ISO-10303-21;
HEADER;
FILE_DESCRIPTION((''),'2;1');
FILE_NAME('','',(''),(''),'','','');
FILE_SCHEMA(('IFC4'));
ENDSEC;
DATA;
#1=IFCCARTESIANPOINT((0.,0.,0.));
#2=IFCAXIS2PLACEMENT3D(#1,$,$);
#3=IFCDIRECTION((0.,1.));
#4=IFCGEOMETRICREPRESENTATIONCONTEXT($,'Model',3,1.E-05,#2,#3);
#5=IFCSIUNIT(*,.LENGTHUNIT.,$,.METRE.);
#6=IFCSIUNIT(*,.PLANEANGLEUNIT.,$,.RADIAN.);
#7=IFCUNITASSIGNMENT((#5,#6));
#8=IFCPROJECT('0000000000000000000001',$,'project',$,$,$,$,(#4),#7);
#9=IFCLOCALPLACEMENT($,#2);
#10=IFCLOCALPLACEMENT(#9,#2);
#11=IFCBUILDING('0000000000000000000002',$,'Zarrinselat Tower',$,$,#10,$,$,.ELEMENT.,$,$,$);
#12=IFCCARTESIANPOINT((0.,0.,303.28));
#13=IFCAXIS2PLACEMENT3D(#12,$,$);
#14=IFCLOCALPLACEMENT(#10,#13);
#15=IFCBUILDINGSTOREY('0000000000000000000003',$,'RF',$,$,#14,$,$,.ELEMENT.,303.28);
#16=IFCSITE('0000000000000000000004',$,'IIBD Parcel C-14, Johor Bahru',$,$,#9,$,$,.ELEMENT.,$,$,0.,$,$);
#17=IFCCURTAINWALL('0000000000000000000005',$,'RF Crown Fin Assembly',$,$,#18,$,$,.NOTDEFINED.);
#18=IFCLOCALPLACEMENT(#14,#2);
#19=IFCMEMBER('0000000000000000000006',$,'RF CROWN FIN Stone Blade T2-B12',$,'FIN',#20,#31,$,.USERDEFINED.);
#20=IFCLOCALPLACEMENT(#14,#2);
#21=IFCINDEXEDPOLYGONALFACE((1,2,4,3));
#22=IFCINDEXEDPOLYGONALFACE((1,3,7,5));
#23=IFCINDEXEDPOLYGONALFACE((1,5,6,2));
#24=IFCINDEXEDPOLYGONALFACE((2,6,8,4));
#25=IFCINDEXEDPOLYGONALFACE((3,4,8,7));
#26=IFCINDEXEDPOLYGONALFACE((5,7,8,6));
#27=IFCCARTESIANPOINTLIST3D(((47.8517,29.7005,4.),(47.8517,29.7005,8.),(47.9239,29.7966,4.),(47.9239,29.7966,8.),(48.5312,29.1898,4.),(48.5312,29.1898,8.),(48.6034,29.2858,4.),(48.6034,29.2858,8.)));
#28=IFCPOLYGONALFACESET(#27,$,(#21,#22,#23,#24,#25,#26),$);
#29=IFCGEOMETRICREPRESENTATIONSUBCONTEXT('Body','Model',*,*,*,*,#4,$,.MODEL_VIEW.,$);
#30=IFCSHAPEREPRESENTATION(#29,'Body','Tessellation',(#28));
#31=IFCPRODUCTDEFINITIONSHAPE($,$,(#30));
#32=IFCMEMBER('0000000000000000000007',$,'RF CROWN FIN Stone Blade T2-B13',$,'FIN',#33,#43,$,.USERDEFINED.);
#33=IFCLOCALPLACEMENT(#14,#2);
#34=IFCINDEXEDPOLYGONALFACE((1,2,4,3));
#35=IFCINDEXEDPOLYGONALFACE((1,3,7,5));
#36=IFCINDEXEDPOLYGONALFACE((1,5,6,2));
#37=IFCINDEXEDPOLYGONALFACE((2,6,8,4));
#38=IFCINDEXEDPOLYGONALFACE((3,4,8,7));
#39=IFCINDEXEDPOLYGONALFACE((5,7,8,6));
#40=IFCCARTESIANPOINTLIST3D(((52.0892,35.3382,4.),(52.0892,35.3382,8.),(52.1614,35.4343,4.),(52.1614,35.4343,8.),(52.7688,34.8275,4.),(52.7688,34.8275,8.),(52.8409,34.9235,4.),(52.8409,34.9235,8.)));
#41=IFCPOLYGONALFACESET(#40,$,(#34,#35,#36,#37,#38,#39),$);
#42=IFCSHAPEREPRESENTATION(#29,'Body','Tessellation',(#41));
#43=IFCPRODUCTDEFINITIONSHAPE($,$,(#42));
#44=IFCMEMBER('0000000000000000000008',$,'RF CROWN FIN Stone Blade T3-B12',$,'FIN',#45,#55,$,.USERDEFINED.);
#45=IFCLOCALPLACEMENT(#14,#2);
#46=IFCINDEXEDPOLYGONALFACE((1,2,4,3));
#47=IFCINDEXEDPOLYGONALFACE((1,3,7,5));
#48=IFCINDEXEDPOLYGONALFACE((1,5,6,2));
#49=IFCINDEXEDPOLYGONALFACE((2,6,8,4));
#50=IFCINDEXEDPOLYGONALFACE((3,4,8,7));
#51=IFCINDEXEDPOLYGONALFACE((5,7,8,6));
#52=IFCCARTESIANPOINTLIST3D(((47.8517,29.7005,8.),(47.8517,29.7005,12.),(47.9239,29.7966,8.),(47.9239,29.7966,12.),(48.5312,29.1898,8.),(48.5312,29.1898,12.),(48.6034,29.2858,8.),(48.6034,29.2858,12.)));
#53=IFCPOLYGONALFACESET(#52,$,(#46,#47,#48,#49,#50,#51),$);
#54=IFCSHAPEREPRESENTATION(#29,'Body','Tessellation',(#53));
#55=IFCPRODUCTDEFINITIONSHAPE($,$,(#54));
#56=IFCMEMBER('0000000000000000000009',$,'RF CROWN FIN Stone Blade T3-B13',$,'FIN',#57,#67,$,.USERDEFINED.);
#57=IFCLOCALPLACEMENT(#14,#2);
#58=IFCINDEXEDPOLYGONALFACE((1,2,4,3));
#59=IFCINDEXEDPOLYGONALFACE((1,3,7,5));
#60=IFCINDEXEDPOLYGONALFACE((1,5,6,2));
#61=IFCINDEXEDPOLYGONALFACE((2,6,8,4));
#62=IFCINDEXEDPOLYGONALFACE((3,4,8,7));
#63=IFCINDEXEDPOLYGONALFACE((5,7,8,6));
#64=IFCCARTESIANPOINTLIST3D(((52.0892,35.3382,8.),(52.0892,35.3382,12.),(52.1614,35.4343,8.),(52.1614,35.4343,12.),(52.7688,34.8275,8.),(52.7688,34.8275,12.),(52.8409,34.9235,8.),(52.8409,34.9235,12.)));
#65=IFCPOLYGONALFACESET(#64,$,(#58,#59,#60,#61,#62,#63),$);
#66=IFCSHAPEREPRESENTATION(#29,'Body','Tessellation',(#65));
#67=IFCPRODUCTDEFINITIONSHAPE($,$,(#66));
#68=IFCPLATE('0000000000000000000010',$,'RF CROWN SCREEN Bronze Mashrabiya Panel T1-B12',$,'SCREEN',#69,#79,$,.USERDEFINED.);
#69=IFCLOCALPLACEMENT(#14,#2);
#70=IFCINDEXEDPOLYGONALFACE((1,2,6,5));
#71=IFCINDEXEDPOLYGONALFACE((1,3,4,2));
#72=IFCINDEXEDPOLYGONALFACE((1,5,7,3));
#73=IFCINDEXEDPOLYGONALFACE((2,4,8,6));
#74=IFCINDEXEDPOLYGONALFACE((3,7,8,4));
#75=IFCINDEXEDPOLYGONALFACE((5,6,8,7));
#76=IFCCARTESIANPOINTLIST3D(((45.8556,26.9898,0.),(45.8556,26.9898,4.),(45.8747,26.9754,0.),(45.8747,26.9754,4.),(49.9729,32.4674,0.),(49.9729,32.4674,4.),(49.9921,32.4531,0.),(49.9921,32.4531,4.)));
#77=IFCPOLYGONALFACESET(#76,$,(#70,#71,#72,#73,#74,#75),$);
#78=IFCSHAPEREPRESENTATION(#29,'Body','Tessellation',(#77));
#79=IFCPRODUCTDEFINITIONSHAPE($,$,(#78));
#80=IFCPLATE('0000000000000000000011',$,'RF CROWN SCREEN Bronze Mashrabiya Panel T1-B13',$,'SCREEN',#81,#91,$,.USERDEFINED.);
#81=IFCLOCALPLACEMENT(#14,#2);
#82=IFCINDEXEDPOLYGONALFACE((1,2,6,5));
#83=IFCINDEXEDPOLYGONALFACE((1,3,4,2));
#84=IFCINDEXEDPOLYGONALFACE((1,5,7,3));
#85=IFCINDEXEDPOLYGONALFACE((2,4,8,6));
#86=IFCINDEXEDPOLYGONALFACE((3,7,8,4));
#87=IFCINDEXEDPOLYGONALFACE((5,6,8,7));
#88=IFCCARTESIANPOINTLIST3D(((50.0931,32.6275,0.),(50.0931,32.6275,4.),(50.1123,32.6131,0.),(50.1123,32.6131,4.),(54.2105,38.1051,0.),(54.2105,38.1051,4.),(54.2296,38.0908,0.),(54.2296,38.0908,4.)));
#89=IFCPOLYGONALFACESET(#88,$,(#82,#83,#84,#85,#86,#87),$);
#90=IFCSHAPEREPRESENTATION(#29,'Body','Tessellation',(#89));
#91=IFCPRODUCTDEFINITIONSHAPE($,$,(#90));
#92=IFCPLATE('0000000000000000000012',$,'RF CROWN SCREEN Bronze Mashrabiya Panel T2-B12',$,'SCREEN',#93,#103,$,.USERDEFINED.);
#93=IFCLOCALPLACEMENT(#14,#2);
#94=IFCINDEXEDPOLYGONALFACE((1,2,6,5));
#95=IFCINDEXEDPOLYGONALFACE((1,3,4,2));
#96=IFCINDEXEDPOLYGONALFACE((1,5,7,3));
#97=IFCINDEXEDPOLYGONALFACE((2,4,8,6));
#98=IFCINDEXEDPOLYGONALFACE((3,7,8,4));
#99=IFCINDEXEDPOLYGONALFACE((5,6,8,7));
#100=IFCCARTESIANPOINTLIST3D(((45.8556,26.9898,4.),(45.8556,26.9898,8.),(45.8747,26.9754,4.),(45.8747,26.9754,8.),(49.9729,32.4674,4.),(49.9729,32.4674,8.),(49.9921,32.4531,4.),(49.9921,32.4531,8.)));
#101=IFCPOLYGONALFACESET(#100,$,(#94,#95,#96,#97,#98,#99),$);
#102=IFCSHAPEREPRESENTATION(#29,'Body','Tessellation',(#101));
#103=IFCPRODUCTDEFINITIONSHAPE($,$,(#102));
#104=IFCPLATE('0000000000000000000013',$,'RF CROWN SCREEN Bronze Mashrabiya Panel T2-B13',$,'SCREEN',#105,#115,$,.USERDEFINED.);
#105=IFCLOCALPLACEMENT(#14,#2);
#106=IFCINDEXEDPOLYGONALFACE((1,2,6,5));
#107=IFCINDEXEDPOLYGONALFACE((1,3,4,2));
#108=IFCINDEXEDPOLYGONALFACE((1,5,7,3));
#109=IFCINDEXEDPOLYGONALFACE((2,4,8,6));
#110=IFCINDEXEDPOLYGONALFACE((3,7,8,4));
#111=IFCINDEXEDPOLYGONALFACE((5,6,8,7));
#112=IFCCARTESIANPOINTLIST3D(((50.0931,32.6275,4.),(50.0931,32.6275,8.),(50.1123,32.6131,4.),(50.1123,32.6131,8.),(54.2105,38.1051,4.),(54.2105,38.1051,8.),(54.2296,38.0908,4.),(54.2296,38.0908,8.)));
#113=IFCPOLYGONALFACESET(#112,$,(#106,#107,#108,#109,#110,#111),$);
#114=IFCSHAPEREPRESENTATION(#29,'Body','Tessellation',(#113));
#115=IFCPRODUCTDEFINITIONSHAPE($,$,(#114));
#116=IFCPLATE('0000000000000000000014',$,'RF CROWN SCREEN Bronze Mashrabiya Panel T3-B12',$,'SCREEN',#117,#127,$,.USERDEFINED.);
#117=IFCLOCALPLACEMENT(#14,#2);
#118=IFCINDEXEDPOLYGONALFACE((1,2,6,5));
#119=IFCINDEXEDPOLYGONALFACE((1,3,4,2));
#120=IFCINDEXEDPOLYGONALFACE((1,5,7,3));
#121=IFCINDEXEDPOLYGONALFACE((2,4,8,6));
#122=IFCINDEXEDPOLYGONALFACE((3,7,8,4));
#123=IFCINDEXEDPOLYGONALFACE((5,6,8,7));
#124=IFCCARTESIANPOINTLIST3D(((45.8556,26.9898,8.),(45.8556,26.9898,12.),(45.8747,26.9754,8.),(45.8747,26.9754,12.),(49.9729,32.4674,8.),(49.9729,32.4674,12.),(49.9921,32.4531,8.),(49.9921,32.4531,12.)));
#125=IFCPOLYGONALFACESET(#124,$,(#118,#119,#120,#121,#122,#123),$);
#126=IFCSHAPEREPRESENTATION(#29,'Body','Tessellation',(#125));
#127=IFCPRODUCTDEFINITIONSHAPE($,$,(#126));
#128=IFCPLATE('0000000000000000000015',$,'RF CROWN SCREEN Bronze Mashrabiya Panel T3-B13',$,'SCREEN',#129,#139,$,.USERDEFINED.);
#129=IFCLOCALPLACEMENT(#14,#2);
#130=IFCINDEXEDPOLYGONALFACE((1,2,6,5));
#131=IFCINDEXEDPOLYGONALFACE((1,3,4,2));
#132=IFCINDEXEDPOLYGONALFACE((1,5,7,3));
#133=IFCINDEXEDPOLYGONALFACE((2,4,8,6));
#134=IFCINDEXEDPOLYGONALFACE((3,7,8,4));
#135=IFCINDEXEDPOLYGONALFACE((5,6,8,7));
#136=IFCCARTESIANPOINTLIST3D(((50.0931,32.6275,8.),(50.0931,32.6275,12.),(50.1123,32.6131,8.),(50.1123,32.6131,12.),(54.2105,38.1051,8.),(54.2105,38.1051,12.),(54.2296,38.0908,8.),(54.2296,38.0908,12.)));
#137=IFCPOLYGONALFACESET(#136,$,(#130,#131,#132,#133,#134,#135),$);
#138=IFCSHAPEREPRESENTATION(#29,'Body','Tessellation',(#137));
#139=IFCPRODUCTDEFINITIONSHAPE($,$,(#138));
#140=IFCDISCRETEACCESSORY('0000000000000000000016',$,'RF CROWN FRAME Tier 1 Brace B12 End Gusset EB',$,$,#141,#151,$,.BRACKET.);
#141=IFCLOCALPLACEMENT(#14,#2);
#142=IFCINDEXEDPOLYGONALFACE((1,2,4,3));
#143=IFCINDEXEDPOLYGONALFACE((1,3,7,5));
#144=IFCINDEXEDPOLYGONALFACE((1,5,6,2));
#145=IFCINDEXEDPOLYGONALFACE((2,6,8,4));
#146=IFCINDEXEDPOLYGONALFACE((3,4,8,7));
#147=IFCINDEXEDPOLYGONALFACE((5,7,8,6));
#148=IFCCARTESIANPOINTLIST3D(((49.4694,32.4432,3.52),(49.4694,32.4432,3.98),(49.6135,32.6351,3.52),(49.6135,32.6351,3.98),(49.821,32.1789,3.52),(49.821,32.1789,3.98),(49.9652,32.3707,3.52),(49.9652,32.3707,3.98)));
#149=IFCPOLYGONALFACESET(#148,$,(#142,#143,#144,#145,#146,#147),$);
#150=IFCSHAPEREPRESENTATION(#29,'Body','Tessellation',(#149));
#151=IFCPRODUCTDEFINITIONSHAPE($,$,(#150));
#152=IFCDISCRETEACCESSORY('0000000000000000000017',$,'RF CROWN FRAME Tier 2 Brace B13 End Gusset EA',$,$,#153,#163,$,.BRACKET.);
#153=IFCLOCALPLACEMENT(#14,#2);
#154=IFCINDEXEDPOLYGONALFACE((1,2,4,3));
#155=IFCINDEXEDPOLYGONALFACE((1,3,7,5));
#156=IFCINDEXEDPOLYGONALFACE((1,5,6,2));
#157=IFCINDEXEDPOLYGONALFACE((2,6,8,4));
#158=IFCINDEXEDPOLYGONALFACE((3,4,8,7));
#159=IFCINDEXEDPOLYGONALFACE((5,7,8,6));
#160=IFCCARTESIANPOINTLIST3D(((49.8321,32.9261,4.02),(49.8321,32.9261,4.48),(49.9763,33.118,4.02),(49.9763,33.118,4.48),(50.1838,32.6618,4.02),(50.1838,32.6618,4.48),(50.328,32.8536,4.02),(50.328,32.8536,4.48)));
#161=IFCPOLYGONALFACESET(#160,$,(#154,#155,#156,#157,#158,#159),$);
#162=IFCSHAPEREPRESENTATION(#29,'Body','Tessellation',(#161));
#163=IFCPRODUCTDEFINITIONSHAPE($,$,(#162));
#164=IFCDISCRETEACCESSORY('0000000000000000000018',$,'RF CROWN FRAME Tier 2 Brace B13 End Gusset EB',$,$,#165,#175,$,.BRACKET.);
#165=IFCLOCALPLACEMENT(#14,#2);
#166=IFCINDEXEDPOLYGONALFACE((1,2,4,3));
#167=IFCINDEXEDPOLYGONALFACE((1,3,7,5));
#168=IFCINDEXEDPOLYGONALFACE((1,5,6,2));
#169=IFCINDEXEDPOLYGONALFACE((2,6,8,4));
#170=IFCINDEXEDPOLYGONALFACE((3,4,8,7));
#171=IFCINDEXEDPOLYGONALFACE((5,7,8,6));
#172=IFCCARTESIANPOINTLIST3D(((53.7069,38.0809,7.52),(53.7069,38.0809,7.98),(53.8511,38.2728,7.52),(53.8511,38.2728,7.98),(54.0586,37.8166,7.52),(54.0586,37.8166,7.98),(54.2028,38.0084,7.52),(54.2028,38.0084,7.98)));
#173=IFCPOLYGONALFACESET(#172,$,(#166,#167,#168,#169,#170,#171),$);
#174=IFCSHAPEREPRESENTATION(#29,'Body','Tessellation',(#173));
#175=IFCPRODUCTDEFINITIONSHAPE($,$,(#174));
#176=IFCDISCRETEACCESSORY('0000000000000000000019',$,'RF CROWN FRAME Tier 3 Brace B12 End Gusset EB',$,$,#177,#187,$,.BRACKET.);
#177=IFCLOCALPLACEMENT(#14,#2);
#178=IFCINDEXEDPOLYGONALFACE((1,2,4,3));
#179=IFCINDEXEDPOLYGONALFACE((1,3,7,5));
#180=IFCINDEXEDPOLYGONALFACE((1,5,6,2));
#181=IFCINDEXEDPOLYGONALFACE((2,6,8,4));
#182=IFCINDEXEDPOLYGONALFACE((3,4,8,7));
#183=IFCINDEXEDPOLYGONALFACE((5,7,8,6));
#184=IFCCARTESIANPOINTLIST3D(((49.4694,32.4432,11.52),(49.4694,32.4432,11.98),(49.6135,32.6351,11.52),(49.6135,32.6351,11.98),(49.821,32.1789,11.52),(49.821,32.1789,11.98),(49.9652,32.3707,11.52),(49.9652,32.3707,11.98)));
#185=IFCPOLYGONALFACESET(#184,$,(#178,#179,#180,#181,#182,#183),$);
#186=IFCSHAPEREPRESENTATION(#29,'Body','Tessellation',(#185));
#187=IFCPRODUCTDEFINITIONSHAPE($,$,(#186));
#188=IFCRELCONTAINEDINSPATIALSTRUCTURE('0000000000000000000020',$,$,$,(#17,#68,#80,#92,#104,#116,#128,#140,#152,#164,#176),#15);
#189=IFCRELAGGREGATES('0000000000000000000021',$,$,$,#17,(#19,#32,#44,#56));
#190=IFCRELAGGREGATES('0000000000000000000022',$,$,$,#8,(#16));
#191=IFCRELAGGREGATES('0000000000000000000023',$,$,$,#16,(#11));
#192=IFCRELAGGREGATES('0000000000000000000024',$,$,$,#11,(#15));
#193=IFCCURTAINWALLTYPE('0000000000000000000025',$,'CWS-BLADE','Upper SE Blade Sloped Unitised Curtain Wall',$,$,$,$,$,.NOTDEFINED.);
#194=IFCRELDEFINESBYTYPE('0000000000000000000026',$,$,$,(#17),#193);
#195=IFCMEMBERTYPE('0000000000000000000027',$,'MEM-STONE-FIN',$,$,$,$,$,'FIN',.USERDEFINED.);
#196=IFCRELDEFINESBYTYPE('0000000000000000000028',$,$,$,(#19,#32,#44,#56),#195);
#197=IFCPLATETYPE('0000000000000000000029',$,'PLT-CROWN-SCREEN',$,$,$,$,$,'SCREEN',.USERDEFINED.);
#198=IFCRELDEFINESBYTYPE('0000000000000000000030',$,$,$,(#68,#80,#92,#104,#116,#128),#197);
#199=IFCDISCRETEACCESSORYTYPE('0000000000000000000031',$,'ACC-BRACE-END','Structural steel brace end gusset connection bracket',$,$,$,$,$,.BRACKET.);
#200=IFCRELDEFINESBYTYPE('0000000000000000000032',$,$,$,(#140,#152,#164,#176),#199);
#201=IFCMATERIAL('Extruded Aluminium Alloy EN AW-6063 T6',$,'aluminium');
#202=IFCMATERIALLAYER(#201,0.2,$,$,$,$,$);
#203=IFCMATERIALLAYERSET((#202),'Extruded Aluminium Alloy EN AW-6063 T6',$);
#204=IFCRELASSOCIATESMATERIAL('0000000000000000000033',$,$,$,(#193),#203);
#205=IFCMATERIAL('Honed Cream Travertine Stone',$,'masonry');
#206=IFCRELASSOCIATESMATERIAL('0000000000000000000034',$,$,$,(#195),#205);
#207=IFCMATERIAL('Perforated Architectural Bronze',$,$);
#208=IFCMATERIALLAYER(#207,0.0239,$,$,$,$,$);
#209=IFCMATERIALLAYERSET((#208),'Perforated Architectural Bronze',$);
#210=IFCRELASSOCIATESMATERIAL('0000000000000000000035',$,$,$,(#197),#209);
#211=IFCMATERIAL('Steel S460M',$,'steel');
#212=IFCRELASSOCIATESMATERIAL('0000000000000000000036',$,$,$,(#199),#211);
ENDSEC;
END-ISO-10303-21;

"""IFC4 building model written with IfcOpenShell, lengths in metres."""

from ifc_helpers import new_model, si_unit, direction, frame, origin, origin_2d, place, context, subcontext, project, spatial, rectangle, extrude, material, layer, layer_set, material_profile, profile_set, type_object, element, aggregate, save


model = new_model("IFC4")

# Units and contexts
model_context = context("Model", 3, precision=1e-05, world=origin(), true_north=direction((0.0, 1.0)))
body_context = subcontext(model_context, "Body", "Model", "MODEL_VIEW")
ifc_project = project(units=[si_unit("LENGTHUNIT", "METRE"), si_unit("PLANEANGLEUNIT", "RADIAN")], contexts=[model_context])

# Site, building, storey
site_placement = place(None, origin())
site = spatial("IfcSite", under=ifc_project, at=site_placement, Name="IIBD Parcel C-14, Johor Bahru", CompositionType="ELEMENT", RefElevation=0.0)
building_placement = place(site_placement, origin())
building = spatial("IfcBuilding", under=site, at=building_placement, Name="Zarrinselat Tower", CompositionType="ELEMENT")
storey_placement = place(building_placement, frame((0.0, 0.0, 303.28)))
storey = spatial("IfcBuildingStorey", under=building, at=storey_placement, Name="RF", CompositionType="ELEMENT", Elevation=303.28)

# Curtain wall, members
ifc_material_1 = material(Name="Extruded Aluminium Alloy EN AW-6063 T6", Category="aluminium")
ifc_layer_1 = layer(ifc_material_1, 0.2)
ifc_layer_set_1 = layer_set([ifc_layer_1], Name="Extruded Aluminium Alloy EN AW-6063 T6")
curtain_wall_type = type_object("IfcCurtainWallType", Name="CWS-BLADE", Description="Upper SE Blade Sloped Unitised Curtain Wall", PredefinedType="NOTDEFINED", material=ifc_layer_set_1)
curtain_wall_placement = place(storey_placement, origin())
curtain_wall = element("IfcCurtainWall", 1, at=curtain_wall_placement, inside=storey, type_object=curtain_wall_type, Name="RF Crown Fin Assembly", PredefinedType="NOTDEFINED")
ifc_material_2 = material(Name="Honed Cream Travertine Stone", Category="masonry")
ifc_material_profile_1 = material_profile(ifc_material_2, rectangle(XDim=0.1201, YDim=0.8501, at=origin_2d()), Name="FIN 850x120")
ifc_profile_set_1 = profile_set([ifc_material_profile_1], Name="Honed Cream Travertine Stone")
member_type_1 = type_object("IfcMemberType", Name="MEM-STONE-FIN", ElementType="FIN", PredefinedType="USERDEFINED", material=ifc_profile_set_1)
member_1_placement = place(storey_placement, frame((48.2275, 29.4932, 4.0), z_axis=(0.0, 0.0, 1.0), x_axis=(-0.600853, -0.79936, 0.0)))
member_1 = element("IfcMember", 2, at=member_1_placement, type_object=member_type_1, Name="RF CROWN FIN Stone Blade T2-B12", ObjectType="FIN", PredefinedType="USERDEFINED", context=body_context, shape_type="SweptSolid", body=[
    extrude(rectangle(XDim=0.1201, YDim=0.8501, at=origin_2d()), origin(), (0.0, 0.0, 1.0), 4.0),
])
member_2_placement = place(storey_placement, frame((52.4651, 35.1309, 4.0), z_axis=(0.0, 0.0, 1.0), x_axis=(-0.600853, -0.79936, 0.0)))
member_2 = element("IfcMember", 3, at=member_2_placement, type_object=member_type_1, Name="RF CROWN FIN Stone Blade T2-B13", ObjectType="FIN", PredefinedType="USERDEFINED", context=body_context, shape_type="SweptSolid", body=[
    extrude(rectangle(XDim=0.1201, YDim=0.8501, at=origin_2d()), origin(), (0.0, 0.0, 1.0), 4.0),
])
member_3_placement = place(storey_placement, frame((48.2275, 29.4932, 8.0), z_axis=(0.0, 0.0, 1.0), x_axis=(-0.600853, -0.79936, 0.0)))
member_3 = element("IfcMember", 4, at=member_3_placement, type_object=member_type_1, Name="RF CROWN FIN Stone Blade T3-B12", ObjectType="FIN", PredefinedType="USERDEFINED", context=body_context, shape_type="SweptSolid", body=[
    extrude(rectangle(XDim=0.1201, YDim=0.8501, at=origin_2d()), origin(), (0.0, 0.0, 1.0), 4.0),
])
member_4_placement = place(storey_placement, frame((52.4651, 35.1309, 8.0), z_axis=(0.0, 0.0, 1.0), x_axis=(-0.600853, -0.79936, 0.0)))
member_4 = element("IfcMember", 5, at=member_4_placement, type_object=member_type_1, Name="RF CROWN FIN Stone Blade T3-B13", ObjectType="FIN", PredefinedType="USERDEFINED", context=body_context, shape_type="SweptSolid", body=[
    extrude(rectangle(XDim=0.1201, YDim=0.8501, at=origin_2d()), origin(), (0.0, 0.0, 1.0), 4.0),
])
aggregate(curtain_wall, [member_1, member_2, member_3, member_4])

# Plates
ifc_material_3 = material(Name="Perforated Architectural Bronze")
ifc_layer_2 = layer(ifc_material_3, 0.0239)
ifc_layer_set_2 = layer_set([ifc_layer_2], Name="Perforated Architectural Bronze")
plate_type = type_object("IfcPlateType", Name="PLT-CROWN-SCREEN", ElementType="SCREEN", PredefinedType="USERDEFINED", material=ifc_layer_set_2)
for number, where, z_axis, x_axis, name in (
    (6, (47.9238, 29.7214, 0.0), (0.0, 0.0, 1.0), (0.600853, 0.79936, 0.0), "RF CROWN SCREEN Bronze Mashrabiya Panel T1-B12"),
    (7, (52.1614, 35.3591, 0.0), (0.0, 0.0, 1.0), (0.600853, 0.79936, 0.0), "RF CROWN SCREEN Bronze Mashrabiya Panel T1-B13"),
    (8, (47.9238, 29.7214, 4.0), (0.0, 0.0, 1.0), (0.600853, 0.79936, 0.0), "RF CROWN SCREEN Bronze Mashrabiya Panel T2-B12"),
    (9, (52.1614, 35.3591, 4.0), (0.0, 0.0, 1.0), (0.600853, 0.79936, 0.0), "RF CROWN SCREEN Bronze Mashrabiya Panel T2-B13"),
    (10, (47.9238, 29.7214, 8.0), (0.0, 0.0, 1.0), (0.600853, 0.79936, 0.0), "RF CROWN SCREEN Bronze Mashrabiya Panel T3-B12"),
    (11, (52.1614, 35.3591, 8.0), (0.0, 0.0, 1.0), (0.600853, 0.79936, 0.0), "RF CROWN SCREEN Bronze Mashrabiya Panel T3-B13"),
):
    element("IfcPlate", number, at=place(storey_placement, frame(where, z_axis=z_axis, x_axis=x_axis)), inside=storey, type_object=plate_type, Name=name, ObjectType="SCREEN", PredefinedType="USERDEFINED", context=body_context, shape_type="SweptSolid", body=[
        extrude(rectangle(XDim=6.8525, YDim=0.0239, at=origin_2d()), origin(), (0.0, 0.0, 1.0), 4.0),
    ])

# Discrete accessories
ifc_material_4 = material(Name="Steel S460M", Category="steel")
discrete_accessory_type = type_object("IfcDiscreteAccessoryType", Name="ACC-BRACE-END", Description="Structural steel brace end gusset connection bracket", PredefinedType="BRACKET", material=ifc_material_4)
for number, where, z_axis, x_axis, name in (
    (12, (49.7173, 32.407, 3.52), (0.0, 0.0, 1.0), (0.600853, 0.79936, 0.0), "RF CROWN FRAME Tier 1 Brace B12 End Gusset EB"),
    (13, (50.0801, 32.8899, 4.02), (0.0, 0.0, 1.0), (0.600853, 0.79936, 0.0), "RF CROWN FRAME Tier 2 Brace B13 End Gusset EA"),
    (14, (53.9548, 38.0447, 7.52), (0.0, 0.0, 1.0), (0.600853, 0.79936, 0.0), "RF CROWN FRAME Tier 2 Brace B13 End Gusset EB"),
    (15, (49.7173, 32.407, 11.52), (0.0, 0.0, 1.0), (0.600853, 0.79936, 0.0), "RF CROWN FRAME Tier 3 Brace B12 End Gusset EB"),
):
    element("IfcDiscreteAccessory", number, at=place(storey_placement, frame(where, z_axis=z_axis, x_axis=x_axis)), inside=storey, type_object=discrete_accessory_type, Name=name, PredefinedType="BRACKET", context=body_context, shape_type="SweptSolid", body=[
        extrude(rectangle(XDim=0.24, YDim=0.4399, at=origin_2d()), origin(), (0.0, 0.0, 1.0), 0.46),
    ])

save(model, "model.ifc")
